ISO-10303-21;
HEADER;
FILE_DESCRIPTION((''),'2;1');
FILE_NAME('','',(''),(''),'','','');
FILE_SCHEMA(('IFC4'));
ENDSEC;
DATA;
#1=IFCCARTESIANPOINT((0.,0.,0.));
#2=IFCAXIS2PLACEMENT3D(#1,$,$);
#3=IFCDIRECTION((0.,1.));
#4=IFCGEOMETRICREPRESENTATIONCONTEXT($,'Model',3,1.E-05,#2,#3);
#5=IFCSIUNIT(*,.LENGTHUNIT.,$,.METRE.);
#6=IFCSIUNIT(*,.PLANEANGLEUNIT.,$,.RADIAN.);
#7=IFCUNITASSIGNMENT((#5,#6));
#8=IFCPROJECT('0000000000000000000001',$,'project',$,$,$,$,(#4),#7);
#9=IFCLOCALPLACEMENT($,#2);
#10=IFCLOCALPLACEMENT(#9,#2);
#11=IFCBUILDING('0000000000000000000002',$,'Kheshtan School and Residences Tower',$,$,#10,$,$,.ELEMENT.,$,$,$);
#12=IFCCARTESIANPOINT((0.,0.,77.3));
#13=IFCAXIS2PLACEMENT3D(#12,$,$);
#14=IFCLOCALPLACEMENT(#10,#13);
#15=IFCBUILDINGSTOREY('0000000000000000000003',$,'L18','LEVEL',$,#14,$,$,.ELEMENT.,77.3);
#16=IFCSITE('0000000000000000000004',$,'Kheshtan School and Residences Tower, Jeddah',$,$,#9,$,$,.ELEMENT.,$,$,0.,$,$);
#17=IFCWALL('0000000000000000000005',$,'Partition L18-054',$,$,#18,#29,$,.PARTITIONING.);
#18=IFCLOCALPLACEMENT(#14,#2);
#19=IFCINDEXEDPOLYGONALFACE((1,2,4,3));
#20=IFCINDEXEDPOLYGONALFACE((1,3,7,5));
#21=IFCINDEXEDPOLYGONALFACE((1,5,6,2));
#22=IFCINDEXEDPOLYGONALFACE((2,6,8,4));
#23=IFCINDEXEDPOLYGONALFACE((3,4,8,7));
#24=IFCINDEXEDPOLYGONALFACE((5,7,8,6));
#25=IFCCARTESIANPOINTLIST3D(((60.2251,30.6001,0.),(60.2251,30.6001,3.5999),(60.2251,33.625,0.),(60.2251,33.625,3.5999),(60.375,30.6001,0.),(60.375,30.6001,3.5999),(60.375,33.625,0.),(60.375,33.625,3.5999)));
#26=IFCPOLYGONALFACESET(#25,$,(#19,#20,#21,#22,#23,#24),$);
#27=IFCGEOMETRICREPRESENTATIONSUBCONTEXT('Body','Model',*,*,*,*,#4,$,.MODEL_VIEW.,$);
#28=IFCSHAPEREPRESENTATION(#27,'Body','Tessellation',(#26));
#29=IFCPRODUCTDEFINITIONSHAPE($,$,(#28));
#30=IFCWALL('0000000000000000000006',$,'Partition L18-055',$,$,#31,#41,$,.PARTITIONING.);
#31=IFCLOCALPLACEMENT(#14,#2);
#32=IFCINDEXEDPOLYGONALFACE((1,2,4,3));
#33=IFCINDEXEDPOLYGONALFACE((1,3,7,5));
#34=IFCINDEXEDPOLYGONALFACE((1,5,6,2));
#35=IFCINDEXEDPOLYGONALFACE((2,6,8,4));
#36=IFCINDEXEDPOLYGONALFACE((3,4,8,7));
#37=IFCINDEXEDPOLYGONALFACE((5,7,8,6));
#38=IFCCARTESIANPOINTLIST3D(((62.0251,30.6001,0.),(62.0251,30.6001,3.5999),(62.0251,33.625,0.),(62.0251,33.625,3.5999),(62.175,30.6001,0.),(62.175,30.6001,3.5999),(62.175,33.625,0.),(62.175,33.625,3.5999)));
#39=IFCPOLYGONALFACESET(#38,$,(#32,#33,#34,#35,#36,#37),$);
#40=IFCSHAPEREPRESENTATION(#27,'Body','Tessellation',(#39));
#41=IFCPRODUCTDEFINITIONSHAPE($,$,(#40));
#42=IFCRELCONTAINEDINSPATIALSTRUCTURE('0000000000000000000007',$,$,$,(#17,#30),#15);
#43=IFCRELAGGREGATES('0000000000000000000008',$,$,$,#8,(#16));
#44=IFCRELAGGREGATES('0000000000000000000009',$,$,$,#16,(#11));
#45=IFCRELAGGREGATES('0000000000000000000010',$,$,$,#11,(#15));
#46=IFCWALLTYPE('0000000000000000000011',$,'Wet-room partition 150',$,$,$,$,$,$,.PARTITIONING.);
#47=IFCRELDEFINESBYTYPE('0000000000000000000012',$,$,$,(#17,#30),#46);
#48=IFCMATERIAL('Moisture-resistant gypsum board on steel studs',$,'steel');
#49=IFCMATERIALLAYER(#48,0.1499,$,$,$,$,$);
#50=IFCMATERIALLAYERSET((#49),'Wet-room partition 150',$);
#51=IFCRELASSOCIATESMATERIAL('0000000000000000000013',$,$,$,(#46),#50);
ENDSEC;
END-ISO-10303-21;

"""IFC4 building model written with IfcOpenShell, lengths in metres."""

from ifc_helpers import new_model, si_unit, direction, frame, frame_2d, origin, place, context, subcontext, project, spatial, rectangle, extrude, material, layer, layer_set, type_object, element, save


model = new_model("IFC4")

# Units and contexts
model_context = context("Model", 3, precision=1e-05, world=origin(), true_north=direction((0.0, 1.0)))
body_context = subcontext(model_context, "Body", "Model", "MODEL_VIEW")
ifc_project = project(units=[si_unit("LENGTHUNIT", "METRE"), si_unit("PLANEANGLEUNIT", "RADIAN")], contexts=[model_context])

# Site, building, storey
site_placement = place(None, origin())
site = spatial("IfcSite", under=ifc_project, at=site_placement, Name="Kheshtan School and Residences Tower, Jeddah", CompositionType="ELEMENT", RefElevation=0.0)
building_placement = place(site_placement, origin())
building = spatial("IfcBuilding", under=site, at=building_placement, Name="Kheshtan School and Residences Tower", CompositionType="ELEMENT")
storey_placement = place(building_placement, frame((0.0, 0.0, 77.3)))
storey = spatial("IfcBuildingStorey", under=building, at=storey_placement, Name="L18", Description="LEVEL", CompositionType="ELEMENT", Elevation=77.3)

# Shared definitions
ifc_material_1 = material(Name="Moisture-resistant gypsum board on steel studs", Category="steel")
ifc_layer_1 = layer(ifc_material_1, 0.1499)
ifc_layer_set_1 = layer_set([ifc_layer_1], Name="Wet-room partition 150")
wall_type_1 = type_object("IfcWallType", Name="Wet-room partition 150", PredefinedType="PARTITIONING", material=ifc_layer_set_1)

# Walls
for number, where, z_axis, x_axis, name in (
    (1, (60.3, 30.6001, 0.0), (0.0, 0.0, 1.0), (0.0, 1.0, 0.0), "Partition L18-054"),
    (2, (62.1001, 30.6001, 0.0), (0.0, 0.0, 1.0), (0.0, 1.0, 0.0), "Partition L18-055"),
):
    element("IfcWall", number, at=place(storey_placement, frame(where, z_axis=z_axis, x_axis=x_axis)), inside=storey, type_object=wall_type_1, Name=name, PredefinedType="PARTITIONING", context=body_context, shape_type="SweptSolid", body=[
        extrude(rectangle(XDim=3.0249, YDim=0.1499, at=frame_2d((1.5125, 0.0))), origin(), (0.0, 0.0, 1.0), 3.5999),
    ])

save(model, "model.ifc")
